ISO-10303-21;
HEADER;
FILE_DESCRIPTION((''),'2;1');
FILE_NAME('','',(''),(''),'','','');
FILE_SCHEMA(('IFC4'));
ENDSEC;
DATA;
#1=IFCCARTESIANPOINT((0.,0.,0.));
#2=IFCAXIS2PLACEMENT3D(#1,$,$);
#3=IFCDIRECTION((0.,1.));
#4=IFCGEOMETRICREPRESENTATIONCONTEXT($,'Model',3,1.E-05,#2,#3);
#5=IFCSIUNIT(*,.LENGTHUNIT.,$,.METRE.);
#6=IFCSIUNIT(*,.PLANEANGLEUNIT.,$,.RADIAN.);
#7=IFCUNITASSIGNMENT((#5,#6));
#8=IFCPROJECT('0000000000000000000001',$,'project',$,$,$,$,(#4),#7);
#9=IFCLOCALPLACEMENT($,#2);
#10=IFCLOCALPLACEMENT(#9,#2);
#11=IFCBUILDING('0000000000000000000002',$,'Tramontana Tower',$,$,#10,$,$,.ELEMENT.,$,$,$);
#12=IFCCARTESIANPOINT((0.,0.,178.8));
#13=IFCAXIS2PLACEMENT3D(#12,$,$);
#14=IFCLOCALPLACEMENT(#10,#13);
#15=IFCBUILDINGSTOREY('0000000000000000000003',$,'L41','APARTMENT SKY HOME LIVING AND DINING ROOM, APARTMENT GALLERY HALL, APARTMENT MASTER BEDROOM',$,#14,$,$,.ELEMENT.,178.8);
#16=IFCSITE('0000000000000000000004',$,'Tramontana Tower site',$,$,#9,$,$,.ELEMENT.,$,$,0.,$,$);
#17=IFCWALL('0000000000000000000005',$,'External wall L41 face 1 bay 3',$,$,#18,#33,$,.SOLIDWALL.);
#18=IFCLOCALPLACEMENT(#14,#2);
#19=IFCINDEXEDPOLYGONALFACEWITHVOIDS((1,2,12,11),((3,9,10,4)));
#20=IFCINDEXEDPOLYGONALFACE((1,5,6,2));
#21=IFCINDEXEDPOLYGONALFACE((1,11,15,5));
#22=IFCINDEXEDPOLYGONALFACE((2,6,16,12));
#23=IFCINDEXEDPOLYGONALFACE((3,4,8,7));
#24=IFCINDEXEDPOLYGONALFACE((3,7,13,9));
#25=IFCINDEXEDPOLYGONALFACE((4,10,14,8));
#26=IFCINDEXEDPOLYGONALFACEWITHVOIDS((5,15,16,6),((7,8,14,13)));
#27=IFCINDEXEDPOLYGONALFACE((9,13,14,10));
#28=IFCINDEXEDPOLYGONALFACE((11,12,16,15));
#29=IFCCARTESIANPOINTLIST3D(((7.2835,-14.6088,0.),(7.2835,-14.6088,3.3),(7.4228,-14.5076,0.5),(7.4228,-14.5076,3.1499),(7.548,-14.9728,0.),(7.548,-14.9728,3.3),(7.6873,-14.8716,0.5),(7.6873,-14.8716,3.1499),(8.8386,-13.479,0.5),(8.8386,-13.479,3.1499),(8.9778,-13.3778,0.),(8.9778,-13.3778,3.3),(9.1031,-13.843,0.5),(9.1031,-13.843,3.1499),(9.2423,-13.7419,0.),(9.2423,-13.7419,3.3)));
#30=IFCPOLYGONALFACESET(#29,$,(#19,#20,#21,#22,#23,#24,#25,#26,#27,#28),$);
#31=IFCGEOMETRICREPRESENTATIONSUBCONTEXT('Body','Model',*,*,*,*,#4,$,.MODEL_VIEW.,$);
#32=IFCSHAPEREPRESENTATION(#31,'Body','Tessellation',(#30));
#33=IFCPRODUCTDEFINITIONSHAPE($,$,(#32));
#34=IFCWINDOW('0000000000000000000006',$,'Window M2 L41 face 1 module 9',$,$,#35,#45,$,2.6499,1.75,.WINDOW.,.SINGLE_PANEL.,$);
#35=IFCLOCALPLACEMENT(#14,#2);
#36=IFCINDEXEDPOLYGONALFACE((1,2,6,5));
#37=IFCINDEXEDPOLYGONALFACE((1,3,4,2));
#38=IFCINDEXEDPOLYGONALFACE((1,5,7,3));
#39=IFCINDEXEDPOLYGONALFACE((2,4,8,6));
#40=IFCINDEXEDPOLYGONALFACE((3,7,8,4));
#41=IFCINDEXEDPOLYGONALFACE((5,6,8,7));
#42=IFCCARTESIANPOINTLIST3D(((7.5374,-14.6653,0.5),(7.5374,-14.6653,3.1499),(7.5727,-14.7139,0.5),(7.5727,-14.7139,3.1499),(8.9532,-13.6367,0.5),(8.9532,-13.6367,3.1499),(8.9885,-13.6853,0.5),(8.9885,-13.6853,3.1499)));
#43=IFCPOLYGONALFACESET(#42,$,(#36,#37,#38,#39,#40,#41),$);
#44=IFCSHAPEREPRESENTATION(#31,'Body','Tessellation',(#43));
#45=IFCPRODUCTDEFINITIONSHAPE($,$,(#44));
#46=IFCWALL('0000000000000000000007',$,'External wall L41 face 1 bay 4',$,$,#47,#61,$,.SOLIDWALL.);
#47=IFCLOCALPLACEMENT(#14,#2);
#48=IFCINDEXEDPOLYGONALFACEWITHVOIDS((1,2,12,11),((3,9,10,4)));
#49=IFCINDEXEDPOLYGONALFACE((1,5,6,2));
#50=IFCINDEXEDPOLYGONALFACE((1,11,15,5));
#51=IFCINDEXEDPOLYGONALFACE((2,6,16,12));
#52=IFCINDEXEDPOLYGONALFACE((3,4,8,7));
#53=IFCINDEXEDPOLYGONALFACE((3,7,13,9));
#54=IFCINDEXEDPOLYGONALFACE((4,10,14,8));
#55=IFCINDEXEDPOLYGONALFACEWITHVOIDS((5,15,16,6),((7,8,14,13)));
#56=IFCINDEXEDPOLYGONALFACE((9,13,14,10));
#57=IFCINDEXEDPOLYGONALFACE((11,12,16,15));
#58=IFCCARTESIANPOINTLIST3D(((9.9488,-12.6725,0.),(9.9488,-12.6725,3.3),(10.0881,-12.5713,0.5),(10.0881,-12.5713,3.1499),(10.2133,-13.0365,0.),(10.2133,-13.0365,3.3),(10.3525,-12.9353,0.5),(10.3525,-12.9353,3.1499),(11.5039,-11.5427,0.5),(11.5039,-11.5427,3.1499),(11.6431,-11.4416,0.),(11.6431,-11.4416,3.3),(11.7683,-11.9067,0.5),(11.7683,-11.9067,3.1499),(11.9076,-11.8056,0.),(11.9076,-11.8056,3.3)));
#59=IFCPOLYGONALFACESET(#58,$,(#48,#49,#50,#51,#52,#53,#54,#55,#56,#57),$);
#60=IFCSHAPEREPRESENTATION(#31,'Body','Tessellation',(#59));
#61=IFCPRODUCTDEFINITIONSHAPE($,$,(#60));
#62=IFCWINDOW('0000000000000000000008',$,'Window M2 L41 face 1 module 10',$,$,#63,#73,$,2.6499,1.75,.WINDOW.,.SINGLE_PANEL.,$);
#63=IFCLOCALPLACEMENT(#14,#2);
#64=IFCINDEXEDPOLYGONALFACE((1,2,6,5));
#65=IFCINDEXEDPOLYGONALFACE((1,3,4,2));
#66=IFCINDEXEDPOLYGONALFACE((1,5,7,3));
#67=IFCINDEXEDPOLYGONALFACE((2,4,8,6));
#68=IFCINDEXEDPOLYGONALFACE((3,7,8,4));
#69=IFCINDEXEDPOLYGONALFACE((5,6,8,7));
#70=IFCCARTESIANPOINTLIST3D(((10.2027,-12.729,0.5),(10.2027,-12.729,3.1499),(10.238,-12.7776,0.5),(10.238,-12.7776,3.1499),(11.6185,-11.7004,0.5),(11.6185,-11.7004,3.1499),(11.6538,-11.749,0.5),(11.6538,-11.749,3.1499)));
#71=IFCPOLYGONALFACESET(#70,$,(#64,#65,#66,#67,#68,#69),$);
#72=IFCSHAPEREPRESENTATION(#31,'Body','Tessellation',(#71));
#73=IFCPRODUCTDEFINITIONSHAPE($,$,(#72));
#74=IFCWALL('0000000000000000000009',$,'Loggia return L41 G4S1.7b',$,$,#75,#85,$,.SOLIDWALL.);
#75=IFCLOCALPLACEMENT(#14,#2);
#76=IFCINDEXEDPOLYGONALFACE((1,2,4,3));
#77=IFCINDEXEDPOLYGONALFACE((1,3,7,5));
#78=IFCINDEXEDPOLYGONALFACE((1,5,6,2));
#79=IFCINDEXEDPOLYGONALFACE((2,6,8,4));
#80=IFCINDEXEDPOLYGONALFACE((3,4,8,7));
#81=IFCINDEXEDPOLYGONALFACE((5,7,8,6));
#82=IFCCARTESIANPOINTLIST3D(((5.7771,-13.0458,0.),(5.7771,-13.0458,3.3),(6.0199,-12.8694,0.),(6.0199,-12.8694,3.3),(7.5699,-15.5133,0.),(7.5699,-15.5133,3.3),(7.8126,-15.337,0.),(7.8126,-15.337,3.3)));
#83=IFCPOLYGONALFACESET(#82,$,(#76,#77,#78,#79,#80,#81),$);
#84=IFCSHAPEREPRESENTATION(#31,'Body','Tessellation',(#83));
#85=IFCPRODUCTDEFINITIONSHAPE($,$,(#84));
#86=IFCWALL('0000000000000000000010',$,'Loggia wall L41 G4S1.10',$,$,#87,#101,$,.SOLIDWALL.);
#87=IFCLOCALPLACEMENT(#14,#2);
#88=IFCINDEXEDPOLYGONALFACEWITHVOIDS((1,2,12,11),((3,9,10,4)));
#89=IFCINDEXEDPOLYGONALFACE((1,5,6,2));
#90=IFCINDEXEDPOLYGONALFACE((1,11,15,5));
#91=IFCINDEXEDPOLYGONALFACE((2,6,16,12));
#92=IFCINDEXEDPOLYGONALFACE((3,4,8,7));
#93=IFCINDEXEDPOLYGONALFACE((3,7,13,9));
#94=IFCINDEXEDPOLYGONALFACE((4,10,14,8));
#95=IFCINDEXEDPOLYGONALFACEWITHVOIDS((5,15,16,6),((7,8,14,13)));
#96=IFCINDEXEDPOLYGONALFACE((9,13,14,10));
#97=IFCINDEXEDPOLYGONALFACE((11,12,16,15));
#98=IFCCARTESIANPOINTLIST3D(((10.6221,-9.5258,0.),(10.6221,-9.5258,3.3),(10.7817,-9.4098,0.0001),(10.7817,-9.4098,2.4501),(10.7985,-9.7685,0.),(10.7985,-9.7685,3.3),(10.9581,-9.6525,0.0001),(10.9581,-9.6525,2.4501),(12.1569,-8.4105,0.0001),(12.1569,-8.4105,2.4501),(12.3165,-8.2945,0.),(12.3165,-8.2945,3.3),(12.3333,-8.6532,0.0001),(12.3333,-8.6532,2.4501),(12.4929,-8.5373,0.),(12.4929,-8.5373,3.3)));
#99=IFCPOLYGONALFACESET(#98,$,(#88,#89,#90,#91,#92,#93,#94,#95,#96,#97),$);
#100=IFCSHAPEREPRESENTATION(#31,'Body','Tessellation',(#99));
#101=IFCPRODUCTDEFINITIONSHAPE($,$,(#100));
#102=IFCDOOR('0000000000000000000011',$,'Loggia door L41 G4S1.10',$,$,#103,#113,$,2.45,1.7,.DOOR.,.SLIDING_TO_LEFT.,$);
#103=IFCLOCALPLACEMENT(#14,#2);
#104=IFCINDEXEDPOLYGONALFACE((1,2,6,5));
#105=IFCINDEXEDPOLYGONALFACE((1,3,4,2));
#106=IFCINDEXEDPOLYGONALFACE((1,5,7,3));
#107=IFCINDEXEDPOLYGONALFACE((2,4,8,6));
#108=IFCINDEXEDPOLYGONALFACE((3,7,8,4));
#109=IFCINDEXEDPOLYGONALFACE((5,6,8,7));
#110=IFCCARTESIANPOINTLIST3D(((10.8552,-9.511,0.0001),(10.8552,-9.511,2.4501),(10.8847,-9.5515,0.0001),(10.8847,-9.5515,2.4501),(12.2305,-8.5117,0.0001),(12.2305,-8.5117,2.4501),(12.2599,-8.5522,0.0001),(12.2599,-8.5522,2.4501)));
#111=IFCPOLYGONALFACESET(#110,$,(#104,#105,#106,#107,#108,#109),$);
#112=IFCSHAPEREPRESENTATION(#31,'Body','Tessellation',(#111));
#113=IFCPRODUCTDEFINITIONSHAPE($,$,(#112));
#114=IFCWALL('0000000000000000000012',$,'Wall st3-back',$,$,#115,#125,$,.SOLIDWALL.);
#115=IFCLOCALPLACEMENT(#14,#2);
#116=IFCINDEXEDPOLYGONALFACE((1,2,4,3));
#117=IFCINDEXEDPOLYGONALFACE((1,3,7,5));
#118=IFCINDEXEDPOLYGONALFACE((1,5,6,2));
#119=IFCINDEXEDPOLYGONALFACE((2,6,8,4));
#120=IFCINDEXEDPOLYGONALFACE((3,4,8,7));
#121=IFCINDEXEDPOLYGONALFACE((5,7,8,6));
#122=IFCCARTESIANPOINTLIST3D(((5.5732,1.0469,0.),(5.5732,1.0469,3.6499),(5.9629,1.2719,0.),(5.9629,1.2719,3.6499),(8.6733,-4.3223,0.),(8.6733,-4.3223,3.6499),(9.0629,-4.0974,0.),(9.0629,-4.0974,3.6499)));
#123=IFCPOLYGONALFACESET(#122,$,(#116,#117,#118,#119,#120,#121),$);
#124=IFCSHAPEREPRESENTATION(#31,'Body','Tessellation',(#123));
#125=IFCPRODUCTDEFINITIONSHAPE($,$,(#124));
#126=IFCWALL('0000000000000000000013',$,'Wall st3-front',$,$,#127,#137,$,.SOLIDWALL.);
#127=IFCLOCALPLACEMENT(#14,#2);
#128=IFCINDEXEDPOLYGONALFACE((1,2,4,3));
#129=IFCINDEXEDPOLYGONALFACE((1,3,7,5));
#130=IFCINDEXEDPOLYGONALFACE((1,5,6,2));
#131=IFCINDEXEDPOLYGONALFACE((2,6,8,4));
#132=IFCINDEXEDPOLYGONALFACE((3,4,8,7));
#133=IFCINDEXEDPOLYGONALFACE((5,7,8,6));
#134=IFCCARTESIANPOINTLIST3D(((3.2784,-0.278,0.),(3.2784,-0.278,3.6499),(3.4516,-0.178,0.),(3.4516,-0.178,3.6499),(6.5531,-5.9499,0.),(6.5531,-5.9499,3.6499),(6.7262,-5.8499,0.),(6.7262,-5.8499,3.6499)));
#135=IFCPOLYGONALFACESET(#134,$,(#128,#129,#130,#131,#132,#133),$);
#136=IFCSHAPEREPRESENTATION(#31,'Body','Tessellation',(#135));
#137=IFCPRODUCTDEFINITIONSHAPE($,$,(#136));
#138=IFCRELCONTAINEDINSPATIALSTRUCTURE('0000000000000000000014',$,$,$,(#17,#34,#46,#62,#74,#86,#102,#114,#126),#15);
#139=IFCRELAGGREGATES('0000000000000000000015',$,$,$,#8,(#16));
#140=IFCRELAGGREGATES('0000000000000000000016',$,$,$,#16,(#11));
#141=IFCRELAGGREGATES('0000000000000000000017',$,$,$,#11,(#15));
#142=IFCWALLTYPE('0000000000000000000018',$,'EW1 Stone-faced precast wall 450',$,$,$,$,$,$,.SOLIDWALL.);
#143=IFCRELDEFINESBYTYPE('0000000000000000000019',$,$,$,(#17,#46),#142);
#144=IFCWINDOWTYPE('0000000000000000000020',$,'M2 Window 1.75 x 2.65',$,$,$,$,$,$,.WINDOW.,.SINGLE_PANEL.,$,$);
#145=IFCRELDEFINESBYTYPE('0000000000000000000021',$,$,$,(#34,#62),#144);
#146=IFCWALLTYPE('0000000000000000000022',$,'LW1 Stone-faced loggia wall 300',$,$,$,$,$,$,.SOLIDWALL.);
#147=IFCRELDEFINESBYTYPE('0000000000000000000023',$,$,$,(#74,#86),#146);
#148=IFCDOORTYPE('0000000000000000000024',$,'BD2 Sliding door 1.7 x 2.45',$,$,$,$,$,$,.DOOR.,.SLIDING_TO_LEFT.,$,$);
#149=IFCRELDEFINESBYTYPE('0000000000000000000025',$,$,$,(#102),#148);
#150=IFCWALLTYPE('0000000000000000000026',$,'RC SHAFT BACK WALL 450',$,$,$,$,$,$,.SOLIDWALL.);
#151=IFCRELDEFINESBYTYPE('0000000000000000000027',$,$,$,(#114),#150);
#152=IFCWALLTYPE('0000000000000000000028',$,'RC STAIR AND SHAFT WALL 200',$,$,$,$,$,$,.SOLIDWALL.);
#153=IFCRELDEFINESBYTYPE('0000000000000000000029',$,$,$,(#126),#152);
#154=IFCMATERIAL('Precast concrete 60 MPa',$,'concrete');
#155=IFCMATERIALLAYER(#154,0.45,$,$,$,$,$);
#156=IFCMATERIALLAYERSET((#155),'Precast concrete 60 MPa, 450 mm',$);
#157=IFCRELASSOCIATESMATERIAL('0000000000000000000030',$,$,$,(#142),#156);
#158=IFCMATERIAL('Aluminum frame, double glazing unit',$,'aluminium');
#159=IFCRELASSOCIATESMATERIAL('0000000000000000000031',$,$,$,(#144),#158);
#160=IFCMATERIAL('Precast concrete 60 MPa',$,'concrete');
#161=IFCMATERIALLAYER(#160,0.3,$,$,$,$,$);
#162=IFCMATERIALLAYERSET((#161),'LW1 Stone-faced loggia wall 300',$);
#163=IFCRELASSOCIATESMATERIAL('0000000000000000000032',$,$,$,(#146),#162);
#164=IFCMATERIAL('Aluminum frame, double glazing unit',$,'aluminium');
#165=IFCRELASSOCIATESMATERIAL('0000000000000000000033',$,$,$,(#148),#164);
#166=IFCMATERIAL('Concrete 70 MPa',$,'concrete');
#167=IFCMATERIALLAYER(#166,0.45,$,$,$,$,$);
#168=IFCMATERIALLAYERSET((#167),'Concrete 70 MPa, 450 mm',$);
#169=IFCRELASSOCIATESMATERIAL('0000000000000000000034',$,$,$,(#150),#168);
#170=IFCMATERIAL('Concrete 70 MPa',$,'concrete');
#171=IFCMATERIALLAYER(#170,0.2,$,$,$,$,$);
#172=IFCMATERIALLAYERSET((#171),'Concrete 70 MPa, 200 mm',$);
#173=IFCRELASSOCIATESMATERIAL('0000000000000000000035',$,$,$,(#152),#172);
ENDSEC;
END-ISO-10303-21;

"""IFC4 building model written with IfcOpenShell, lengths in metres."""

from ifc_helpers import new_model, si_unit, direction, frame, frame_2d, origin, place, context, subcontext, project, spatial, rectangle, extrude, material, layer, layer_set, type_object, element, fill, save


model = new_model("IFC4")

# Units and contexts
model_context = context("Model", 3, precision=1e-05, world=origin(), true_north=direction((0.0, 1.0)))
body_context = subcontext(model_context, "Body", "Model", "MODEL_VIEW")
ifc_project = project(units=[si_unit("LENGTHUNIT", "METRE"), si_unit("PLANEANGLEUNIT", "RADIAN")], contexts=[model_context])

# Site, building, storey
site_placement = place(None, origin())
site = spatial("IfcSite", under=ifc_project, at=site_placement, Name="Tramontana Tower site", CompositionType="ELEMENT", RefElevation=0.0)
building_placement = place(site_placement, origin())
building = spatial("IfcBuilding", under=site, at=building_placement, Name="Tramontana Tower", CompositionType="ELEMENT")
storey_placement = place(building_placement, frame((0.0, 0.0, 178.8)))
storey = spatial("IfcBuildingStorey", under=building, at=storey_placement, Name="L41", Description="APARTMENT SKY HOME LIVING AND DINING ROOM, APARTMENT GALLERY HALL, APARTMENT MASTER BEDROOM", CompositionType="ELEMENT", Elevation=178.8)

# Walls, openings, windows
ifc_material_1 = material(Name="Precast concrete 60 MPa", Category="concrete")
ifc_layer_1 = layer(ifc_material_1, 0.45)
ifc_layer_set_1 = layer_set([ifc_layer_1], Name="Precast concrete 60 MPa, 450 mm")
wall_type_1 = type_object("IfcWallType", Name="EW1 Stone-faced precast wall 450", PredefinedType="SOLIDWALL", material=ifc_layer_set_1)
wall_1_placement = place(storey_placement, frame((7.4158, -14.7908, 0.0), z_axis=(0.0, 0.0, 1.0), x_axis=(0.809028, 0.58777, 0.0)))
wall_1 = element("IfcWall", 1, at=wall_1_placement, inside=storey, type_object=wall_type_1, Name="External wall L41 face 1 bay 3", PredefinedType="SOLIDWALL", context=body_context, shape_type="SweptSolid", body=[
    extrude(rectangle(XDim=2.0942, YDim=0.45, at=frame_2d((1.0471, 0.0))), origin(), (0.0, 0.0, 1.0), 3.3),
])
opening_1_placement = place(wall_1_placement, frame((0.1721, 0.0, 0.5)))
opening_1 = element("IfcOpeningElement", 2, at=opening_1_placement, cuts=wall_1, PredefinedType="OPENING", context=body_context, shape_type="SweptSolid", body=[
    extrude(rectangle(XDim=1.75, YDim=2.6499, at=frame_2d((0.875, 1.325))), frame((0.0, 0.2349, 0.0), z_axis=(0.0, -1.0, 0.0), x_axis=(1.0, 0.0, 0.0)), (0.0, 0.0, 1.0), 0.47),
])
ifc_material_2 = material(Name="Aluminum frame, double glazing unit", Category="aluminium")
window_type = type_object("IfcWindowType", Name="M2 Window 1.75 x 2.65", PartitioningType="SINGLE_PANEL", PredefinedType="WINDOW", material=ifc_material_2)
window_1_placement = place(opening_1_placement, origin())
window_1 = element("IfcWindow", 3, at=window_1_placement, inside=storey, type_object=window_type, Name="Window M2 L41 face 1 module 9", OverallHeight=2.6499, OverallWidth=1.75, PartitioningType="SINGLE_PANEL", PredefinedType="WINDOW", context=body_context, shape_type="SweptSolid", body=[
    extrude(rectangle(XDim=1.75, YDim=2.6499, at=frame_2d((0.875, 1.325))), frame((0.0, 0.03, 0.0), z_axis=(0.0, -1.0, 0.0), x_axis=(1.0, 0.0, 0.0)), (0.0, 0.0, 1.0), 0.0601),
])
fill(opening_1, window_1)
wall_2_placement = place(storey_placement, frame((10.0811, -12.8545, 0.0), z_axis=(0.0, 0.0, 1.0), x_axis=(0.809028, 0.58777, 0.0)))
wall_2 = element("IfcWall", 4, at=wall_2_placement, inside=storey, type_object=wall_type_1, Name="External wall L41 face 1 bay 4", PredefinedType="SOLIDWALL", context=body_context, shape_type="SweptSolid", body=[
    extrude(rectangle(XDim=2.0942, YDim=0.45, at=frame_2d((1.0471, 0.0))), origin(), (0.0, 0.0, 1.0), 3.3),
])
opening_2_placement = place(wall_2_placement, frame((0.1721, 0.0, 0.5)))
opening_2 = element("IfcOpeningElement", 5, at=opening_2_placement, cuts=wall_2, PredefinedType="OPENING", context=body_context, shape_type="SweptSolid", body=[
    extrude(rectangle(XDim=1.75, YDim=2.6499, at=frame_2d((0.875, 1.325))), frame((0.0, 0.2349, 0.0), z_axis=(0.0, -1.0, 0.0), x_axis=(1.0, 0.0, 0.0)), (0.0, 0.0, 1.0), 0.47),
])
window_2_placement = place(opening_2_placement, origin())
window_2 = element("IfcWindow", 6, at=window_2_placement, inside=storey, type_object=window_type, Name="Window M2 L41 face 1 module 10", OverallHeight=2.6499, OverallWidth=1.75, PartitioningType="SINGLE_PANEL", PredefinedType="WINDOW", context=body_context, shape_type="SweptSolid", body=[
    extrude(rectangle(XDim=1.75, YDim=2.6499, at=frame_2d((0.875, 1.325))), frame((0.0, 0.03, 0.0), z_axis=(0.0, -1.0, 0.0), x_axis=(1.0, 0.0, 0.0)), (0.0, 0.0, 1.0), 0.0601),
])
fill(opening_2, window_2)

# Wall
ifc_material_3 = material(Name="Precast concrete 60 MPa", Category="concrete")
ifc_layer_2 = layer(ifc_material_3, 0.3)
ifc_layer_set_2 = layer_set([ifc_layer_2], Name="LW1 Stone-faced loggia wall 300")
wall_type_2 = type_object("IfcWallType", Name="LW1 Stone-faced loggia wall 300", PredefinedType="SOLIDWALL", material=ifc_layer_set_2)
wall_3_placement = place(storey_placement, frame((7.6912, -15.425, 0.0), z_axis=(0.0, 0.0, 1.0), x_axis=(-0.587777, 0.809023, 0.0)))
element("IfcWall", 7, at=wall_3_placement, inside=storey, type_object=wall_type_2, Name="Loggia return L41 G4S1.7b", PredefinedType="SOLIDWALL", context=body_context, shape_type="SweptSolid", body=[
    extrude(rectangle(XDim=3.05, YDim=0.3, at=frame_2d((1.5249, 0.0))), origin(), (0.0, 0.0, 1.0), 3.3),
])

# Wall, opening, door
wall_4_placement = place(storey_placement, frame((10.7102, -9.6472, 0.0), z_axis=(0.0, 0.0, 1.0), x_axis=(0.808973, 0.587846, 0.0)))
wall_4 = element("IfcWall", 8, at=wall_4_placement, inside=storey, type_object=wall_type_2, Name="Loggia wall L41 G4S1.10", PredefinedType="SOLIDWALL", context=body_context, shape_type="SweptSolid", body=[
    extrude(rectangle(XDim=2.0945, YDim=0.3, at=frame_2d((1.0474, 0.0))), origin(), (0.0, 0.0, 1.0), 3.3),
])
opening_3_placement = place(wall_4_placement, frame((0.1973, 0.0, 0.0)))
opening_3 = element("IfcOpeningElement", 9, at=opening_3_placement, cuts=wall_4, PredefinedType="OPENING", context=body_context, shape_type="SweptSolid", body=[
    extrude(rectangle(XDim=1.7, YDim=2.45, at=frame_2d((0.8501, 1.2251))), frame((0.0, 0.1599, 0.0), z_axis=(0.0, -1.0, 0.0), x_axis=(1.0, 0.0, 0.0)), (0.0, 0.0, 1.0), 0.3201),
])
ifc_material_4 = material(Name="Aluminum frame, double glazing unit", Category="aluminium")
door_type_1 = type_object("IfcDoorType", Name="BD2 Sliding door 1.7 x 2.45", OperationType="SLIDING_TO_LEFT", PredefinedType="DOOR", material=ifc_material_4)
door_1_placement = place(opening_3_placement, origin())
door_1 = element("IfcDoor", 10, at=door_1_placement, inside=storey, type_object=door_type_1, Name="Loggia door L41 G4S1.10", OperationType="SLIDING_TO_LEFT", OverallHeight=2.45, OverallWidth=1.7, PredefinedType="DOOR", context=body_context, shape_type="SweptSolid", body=[
    extrude(rectangle(XDim=1.7, YDim=2.45, at=frame_2d((0.8501, 1.2251))), frame((0.0, 0.0249, 0.0), z_axis=(0.0, -1.0, 0.0), x_axis=(1.0, 0.0, 0.0)), (0.0, 0.0, 1.0), 0.05),
])
fill(opening_3, door_1)

# Walls
ifc_material_5 = material(Name="Concrete 70 MPa", Category="concrete")
ifc_layer_3 = layer(ifc_material_5, 0.45)
ifc_layer_set_3 = layer_set([ifc_layer_3], Name="Concrete 70 MPa, 450 mm")
wall_type_3 = type_object("IfcWallType", Name="RC SHAFT BACK WALL 450", PredefinedType="SOLIDWALL", material=ifc_layer_set_3)
wall_5_placement = place(storey_placement, frame((8.8682, -4.21, 0.0), z_axis=(0.0, 0.0, 1.0), x_axis=(-0.50001, 0.86602, 0.0)))
element("IfcWall", 11, at=wall_5_placement, inside=storey, type_object=wall_type_3, Name="Wall st3-back", PredefinedType="SOLIDWALL", context=body_context, shape_type="SweptSolid", body=[
    extrude(rectangle(XDim=6.2, YDim=0.45, at=frame_2d((3.1001, 0.0))), origin(), (0.0, 0.0, 1.0), 3.6499),
])
ifc_material_6 = material(Name="Concrete 70 MPa", Category="concrete")
ifc_layer_4 = layer(ifc_material_6, 0.2)
ifc_layer_set_4 = layer_set([ifc_layer_4], Name="Concrete 70 MPa, 200 mm")
wall_type_4 = type_object("IfcWallType", Name="RC STAIR AND SHAFT WALL 200", PredefinedType="SOLIDWALL", material=ifc_layer_set_4)
wall_6_placement = place(storey_placement, frame((6.6396, -5.8999, 0.0), z_axis=(0.0, 0.0, 1.0), x_axis=(-0.5, 0.866025, 0.0)))
element("IfcWall", 12, at=wall_6_placement, inside=storey, type_object=wall_type_4, Name="Wall st3-front", PredefinedType="SOLIDWALL", context=body_context, shape_type="SweptSolid", body=[
    extrude(rectangle(XDim=6.5493, YDim=0.2, at=frame_2d((3.2747, 0.0))), origin(), (0.0, 0.0, 1.0), 3.6499),
])

save(model, "model.ifc")
